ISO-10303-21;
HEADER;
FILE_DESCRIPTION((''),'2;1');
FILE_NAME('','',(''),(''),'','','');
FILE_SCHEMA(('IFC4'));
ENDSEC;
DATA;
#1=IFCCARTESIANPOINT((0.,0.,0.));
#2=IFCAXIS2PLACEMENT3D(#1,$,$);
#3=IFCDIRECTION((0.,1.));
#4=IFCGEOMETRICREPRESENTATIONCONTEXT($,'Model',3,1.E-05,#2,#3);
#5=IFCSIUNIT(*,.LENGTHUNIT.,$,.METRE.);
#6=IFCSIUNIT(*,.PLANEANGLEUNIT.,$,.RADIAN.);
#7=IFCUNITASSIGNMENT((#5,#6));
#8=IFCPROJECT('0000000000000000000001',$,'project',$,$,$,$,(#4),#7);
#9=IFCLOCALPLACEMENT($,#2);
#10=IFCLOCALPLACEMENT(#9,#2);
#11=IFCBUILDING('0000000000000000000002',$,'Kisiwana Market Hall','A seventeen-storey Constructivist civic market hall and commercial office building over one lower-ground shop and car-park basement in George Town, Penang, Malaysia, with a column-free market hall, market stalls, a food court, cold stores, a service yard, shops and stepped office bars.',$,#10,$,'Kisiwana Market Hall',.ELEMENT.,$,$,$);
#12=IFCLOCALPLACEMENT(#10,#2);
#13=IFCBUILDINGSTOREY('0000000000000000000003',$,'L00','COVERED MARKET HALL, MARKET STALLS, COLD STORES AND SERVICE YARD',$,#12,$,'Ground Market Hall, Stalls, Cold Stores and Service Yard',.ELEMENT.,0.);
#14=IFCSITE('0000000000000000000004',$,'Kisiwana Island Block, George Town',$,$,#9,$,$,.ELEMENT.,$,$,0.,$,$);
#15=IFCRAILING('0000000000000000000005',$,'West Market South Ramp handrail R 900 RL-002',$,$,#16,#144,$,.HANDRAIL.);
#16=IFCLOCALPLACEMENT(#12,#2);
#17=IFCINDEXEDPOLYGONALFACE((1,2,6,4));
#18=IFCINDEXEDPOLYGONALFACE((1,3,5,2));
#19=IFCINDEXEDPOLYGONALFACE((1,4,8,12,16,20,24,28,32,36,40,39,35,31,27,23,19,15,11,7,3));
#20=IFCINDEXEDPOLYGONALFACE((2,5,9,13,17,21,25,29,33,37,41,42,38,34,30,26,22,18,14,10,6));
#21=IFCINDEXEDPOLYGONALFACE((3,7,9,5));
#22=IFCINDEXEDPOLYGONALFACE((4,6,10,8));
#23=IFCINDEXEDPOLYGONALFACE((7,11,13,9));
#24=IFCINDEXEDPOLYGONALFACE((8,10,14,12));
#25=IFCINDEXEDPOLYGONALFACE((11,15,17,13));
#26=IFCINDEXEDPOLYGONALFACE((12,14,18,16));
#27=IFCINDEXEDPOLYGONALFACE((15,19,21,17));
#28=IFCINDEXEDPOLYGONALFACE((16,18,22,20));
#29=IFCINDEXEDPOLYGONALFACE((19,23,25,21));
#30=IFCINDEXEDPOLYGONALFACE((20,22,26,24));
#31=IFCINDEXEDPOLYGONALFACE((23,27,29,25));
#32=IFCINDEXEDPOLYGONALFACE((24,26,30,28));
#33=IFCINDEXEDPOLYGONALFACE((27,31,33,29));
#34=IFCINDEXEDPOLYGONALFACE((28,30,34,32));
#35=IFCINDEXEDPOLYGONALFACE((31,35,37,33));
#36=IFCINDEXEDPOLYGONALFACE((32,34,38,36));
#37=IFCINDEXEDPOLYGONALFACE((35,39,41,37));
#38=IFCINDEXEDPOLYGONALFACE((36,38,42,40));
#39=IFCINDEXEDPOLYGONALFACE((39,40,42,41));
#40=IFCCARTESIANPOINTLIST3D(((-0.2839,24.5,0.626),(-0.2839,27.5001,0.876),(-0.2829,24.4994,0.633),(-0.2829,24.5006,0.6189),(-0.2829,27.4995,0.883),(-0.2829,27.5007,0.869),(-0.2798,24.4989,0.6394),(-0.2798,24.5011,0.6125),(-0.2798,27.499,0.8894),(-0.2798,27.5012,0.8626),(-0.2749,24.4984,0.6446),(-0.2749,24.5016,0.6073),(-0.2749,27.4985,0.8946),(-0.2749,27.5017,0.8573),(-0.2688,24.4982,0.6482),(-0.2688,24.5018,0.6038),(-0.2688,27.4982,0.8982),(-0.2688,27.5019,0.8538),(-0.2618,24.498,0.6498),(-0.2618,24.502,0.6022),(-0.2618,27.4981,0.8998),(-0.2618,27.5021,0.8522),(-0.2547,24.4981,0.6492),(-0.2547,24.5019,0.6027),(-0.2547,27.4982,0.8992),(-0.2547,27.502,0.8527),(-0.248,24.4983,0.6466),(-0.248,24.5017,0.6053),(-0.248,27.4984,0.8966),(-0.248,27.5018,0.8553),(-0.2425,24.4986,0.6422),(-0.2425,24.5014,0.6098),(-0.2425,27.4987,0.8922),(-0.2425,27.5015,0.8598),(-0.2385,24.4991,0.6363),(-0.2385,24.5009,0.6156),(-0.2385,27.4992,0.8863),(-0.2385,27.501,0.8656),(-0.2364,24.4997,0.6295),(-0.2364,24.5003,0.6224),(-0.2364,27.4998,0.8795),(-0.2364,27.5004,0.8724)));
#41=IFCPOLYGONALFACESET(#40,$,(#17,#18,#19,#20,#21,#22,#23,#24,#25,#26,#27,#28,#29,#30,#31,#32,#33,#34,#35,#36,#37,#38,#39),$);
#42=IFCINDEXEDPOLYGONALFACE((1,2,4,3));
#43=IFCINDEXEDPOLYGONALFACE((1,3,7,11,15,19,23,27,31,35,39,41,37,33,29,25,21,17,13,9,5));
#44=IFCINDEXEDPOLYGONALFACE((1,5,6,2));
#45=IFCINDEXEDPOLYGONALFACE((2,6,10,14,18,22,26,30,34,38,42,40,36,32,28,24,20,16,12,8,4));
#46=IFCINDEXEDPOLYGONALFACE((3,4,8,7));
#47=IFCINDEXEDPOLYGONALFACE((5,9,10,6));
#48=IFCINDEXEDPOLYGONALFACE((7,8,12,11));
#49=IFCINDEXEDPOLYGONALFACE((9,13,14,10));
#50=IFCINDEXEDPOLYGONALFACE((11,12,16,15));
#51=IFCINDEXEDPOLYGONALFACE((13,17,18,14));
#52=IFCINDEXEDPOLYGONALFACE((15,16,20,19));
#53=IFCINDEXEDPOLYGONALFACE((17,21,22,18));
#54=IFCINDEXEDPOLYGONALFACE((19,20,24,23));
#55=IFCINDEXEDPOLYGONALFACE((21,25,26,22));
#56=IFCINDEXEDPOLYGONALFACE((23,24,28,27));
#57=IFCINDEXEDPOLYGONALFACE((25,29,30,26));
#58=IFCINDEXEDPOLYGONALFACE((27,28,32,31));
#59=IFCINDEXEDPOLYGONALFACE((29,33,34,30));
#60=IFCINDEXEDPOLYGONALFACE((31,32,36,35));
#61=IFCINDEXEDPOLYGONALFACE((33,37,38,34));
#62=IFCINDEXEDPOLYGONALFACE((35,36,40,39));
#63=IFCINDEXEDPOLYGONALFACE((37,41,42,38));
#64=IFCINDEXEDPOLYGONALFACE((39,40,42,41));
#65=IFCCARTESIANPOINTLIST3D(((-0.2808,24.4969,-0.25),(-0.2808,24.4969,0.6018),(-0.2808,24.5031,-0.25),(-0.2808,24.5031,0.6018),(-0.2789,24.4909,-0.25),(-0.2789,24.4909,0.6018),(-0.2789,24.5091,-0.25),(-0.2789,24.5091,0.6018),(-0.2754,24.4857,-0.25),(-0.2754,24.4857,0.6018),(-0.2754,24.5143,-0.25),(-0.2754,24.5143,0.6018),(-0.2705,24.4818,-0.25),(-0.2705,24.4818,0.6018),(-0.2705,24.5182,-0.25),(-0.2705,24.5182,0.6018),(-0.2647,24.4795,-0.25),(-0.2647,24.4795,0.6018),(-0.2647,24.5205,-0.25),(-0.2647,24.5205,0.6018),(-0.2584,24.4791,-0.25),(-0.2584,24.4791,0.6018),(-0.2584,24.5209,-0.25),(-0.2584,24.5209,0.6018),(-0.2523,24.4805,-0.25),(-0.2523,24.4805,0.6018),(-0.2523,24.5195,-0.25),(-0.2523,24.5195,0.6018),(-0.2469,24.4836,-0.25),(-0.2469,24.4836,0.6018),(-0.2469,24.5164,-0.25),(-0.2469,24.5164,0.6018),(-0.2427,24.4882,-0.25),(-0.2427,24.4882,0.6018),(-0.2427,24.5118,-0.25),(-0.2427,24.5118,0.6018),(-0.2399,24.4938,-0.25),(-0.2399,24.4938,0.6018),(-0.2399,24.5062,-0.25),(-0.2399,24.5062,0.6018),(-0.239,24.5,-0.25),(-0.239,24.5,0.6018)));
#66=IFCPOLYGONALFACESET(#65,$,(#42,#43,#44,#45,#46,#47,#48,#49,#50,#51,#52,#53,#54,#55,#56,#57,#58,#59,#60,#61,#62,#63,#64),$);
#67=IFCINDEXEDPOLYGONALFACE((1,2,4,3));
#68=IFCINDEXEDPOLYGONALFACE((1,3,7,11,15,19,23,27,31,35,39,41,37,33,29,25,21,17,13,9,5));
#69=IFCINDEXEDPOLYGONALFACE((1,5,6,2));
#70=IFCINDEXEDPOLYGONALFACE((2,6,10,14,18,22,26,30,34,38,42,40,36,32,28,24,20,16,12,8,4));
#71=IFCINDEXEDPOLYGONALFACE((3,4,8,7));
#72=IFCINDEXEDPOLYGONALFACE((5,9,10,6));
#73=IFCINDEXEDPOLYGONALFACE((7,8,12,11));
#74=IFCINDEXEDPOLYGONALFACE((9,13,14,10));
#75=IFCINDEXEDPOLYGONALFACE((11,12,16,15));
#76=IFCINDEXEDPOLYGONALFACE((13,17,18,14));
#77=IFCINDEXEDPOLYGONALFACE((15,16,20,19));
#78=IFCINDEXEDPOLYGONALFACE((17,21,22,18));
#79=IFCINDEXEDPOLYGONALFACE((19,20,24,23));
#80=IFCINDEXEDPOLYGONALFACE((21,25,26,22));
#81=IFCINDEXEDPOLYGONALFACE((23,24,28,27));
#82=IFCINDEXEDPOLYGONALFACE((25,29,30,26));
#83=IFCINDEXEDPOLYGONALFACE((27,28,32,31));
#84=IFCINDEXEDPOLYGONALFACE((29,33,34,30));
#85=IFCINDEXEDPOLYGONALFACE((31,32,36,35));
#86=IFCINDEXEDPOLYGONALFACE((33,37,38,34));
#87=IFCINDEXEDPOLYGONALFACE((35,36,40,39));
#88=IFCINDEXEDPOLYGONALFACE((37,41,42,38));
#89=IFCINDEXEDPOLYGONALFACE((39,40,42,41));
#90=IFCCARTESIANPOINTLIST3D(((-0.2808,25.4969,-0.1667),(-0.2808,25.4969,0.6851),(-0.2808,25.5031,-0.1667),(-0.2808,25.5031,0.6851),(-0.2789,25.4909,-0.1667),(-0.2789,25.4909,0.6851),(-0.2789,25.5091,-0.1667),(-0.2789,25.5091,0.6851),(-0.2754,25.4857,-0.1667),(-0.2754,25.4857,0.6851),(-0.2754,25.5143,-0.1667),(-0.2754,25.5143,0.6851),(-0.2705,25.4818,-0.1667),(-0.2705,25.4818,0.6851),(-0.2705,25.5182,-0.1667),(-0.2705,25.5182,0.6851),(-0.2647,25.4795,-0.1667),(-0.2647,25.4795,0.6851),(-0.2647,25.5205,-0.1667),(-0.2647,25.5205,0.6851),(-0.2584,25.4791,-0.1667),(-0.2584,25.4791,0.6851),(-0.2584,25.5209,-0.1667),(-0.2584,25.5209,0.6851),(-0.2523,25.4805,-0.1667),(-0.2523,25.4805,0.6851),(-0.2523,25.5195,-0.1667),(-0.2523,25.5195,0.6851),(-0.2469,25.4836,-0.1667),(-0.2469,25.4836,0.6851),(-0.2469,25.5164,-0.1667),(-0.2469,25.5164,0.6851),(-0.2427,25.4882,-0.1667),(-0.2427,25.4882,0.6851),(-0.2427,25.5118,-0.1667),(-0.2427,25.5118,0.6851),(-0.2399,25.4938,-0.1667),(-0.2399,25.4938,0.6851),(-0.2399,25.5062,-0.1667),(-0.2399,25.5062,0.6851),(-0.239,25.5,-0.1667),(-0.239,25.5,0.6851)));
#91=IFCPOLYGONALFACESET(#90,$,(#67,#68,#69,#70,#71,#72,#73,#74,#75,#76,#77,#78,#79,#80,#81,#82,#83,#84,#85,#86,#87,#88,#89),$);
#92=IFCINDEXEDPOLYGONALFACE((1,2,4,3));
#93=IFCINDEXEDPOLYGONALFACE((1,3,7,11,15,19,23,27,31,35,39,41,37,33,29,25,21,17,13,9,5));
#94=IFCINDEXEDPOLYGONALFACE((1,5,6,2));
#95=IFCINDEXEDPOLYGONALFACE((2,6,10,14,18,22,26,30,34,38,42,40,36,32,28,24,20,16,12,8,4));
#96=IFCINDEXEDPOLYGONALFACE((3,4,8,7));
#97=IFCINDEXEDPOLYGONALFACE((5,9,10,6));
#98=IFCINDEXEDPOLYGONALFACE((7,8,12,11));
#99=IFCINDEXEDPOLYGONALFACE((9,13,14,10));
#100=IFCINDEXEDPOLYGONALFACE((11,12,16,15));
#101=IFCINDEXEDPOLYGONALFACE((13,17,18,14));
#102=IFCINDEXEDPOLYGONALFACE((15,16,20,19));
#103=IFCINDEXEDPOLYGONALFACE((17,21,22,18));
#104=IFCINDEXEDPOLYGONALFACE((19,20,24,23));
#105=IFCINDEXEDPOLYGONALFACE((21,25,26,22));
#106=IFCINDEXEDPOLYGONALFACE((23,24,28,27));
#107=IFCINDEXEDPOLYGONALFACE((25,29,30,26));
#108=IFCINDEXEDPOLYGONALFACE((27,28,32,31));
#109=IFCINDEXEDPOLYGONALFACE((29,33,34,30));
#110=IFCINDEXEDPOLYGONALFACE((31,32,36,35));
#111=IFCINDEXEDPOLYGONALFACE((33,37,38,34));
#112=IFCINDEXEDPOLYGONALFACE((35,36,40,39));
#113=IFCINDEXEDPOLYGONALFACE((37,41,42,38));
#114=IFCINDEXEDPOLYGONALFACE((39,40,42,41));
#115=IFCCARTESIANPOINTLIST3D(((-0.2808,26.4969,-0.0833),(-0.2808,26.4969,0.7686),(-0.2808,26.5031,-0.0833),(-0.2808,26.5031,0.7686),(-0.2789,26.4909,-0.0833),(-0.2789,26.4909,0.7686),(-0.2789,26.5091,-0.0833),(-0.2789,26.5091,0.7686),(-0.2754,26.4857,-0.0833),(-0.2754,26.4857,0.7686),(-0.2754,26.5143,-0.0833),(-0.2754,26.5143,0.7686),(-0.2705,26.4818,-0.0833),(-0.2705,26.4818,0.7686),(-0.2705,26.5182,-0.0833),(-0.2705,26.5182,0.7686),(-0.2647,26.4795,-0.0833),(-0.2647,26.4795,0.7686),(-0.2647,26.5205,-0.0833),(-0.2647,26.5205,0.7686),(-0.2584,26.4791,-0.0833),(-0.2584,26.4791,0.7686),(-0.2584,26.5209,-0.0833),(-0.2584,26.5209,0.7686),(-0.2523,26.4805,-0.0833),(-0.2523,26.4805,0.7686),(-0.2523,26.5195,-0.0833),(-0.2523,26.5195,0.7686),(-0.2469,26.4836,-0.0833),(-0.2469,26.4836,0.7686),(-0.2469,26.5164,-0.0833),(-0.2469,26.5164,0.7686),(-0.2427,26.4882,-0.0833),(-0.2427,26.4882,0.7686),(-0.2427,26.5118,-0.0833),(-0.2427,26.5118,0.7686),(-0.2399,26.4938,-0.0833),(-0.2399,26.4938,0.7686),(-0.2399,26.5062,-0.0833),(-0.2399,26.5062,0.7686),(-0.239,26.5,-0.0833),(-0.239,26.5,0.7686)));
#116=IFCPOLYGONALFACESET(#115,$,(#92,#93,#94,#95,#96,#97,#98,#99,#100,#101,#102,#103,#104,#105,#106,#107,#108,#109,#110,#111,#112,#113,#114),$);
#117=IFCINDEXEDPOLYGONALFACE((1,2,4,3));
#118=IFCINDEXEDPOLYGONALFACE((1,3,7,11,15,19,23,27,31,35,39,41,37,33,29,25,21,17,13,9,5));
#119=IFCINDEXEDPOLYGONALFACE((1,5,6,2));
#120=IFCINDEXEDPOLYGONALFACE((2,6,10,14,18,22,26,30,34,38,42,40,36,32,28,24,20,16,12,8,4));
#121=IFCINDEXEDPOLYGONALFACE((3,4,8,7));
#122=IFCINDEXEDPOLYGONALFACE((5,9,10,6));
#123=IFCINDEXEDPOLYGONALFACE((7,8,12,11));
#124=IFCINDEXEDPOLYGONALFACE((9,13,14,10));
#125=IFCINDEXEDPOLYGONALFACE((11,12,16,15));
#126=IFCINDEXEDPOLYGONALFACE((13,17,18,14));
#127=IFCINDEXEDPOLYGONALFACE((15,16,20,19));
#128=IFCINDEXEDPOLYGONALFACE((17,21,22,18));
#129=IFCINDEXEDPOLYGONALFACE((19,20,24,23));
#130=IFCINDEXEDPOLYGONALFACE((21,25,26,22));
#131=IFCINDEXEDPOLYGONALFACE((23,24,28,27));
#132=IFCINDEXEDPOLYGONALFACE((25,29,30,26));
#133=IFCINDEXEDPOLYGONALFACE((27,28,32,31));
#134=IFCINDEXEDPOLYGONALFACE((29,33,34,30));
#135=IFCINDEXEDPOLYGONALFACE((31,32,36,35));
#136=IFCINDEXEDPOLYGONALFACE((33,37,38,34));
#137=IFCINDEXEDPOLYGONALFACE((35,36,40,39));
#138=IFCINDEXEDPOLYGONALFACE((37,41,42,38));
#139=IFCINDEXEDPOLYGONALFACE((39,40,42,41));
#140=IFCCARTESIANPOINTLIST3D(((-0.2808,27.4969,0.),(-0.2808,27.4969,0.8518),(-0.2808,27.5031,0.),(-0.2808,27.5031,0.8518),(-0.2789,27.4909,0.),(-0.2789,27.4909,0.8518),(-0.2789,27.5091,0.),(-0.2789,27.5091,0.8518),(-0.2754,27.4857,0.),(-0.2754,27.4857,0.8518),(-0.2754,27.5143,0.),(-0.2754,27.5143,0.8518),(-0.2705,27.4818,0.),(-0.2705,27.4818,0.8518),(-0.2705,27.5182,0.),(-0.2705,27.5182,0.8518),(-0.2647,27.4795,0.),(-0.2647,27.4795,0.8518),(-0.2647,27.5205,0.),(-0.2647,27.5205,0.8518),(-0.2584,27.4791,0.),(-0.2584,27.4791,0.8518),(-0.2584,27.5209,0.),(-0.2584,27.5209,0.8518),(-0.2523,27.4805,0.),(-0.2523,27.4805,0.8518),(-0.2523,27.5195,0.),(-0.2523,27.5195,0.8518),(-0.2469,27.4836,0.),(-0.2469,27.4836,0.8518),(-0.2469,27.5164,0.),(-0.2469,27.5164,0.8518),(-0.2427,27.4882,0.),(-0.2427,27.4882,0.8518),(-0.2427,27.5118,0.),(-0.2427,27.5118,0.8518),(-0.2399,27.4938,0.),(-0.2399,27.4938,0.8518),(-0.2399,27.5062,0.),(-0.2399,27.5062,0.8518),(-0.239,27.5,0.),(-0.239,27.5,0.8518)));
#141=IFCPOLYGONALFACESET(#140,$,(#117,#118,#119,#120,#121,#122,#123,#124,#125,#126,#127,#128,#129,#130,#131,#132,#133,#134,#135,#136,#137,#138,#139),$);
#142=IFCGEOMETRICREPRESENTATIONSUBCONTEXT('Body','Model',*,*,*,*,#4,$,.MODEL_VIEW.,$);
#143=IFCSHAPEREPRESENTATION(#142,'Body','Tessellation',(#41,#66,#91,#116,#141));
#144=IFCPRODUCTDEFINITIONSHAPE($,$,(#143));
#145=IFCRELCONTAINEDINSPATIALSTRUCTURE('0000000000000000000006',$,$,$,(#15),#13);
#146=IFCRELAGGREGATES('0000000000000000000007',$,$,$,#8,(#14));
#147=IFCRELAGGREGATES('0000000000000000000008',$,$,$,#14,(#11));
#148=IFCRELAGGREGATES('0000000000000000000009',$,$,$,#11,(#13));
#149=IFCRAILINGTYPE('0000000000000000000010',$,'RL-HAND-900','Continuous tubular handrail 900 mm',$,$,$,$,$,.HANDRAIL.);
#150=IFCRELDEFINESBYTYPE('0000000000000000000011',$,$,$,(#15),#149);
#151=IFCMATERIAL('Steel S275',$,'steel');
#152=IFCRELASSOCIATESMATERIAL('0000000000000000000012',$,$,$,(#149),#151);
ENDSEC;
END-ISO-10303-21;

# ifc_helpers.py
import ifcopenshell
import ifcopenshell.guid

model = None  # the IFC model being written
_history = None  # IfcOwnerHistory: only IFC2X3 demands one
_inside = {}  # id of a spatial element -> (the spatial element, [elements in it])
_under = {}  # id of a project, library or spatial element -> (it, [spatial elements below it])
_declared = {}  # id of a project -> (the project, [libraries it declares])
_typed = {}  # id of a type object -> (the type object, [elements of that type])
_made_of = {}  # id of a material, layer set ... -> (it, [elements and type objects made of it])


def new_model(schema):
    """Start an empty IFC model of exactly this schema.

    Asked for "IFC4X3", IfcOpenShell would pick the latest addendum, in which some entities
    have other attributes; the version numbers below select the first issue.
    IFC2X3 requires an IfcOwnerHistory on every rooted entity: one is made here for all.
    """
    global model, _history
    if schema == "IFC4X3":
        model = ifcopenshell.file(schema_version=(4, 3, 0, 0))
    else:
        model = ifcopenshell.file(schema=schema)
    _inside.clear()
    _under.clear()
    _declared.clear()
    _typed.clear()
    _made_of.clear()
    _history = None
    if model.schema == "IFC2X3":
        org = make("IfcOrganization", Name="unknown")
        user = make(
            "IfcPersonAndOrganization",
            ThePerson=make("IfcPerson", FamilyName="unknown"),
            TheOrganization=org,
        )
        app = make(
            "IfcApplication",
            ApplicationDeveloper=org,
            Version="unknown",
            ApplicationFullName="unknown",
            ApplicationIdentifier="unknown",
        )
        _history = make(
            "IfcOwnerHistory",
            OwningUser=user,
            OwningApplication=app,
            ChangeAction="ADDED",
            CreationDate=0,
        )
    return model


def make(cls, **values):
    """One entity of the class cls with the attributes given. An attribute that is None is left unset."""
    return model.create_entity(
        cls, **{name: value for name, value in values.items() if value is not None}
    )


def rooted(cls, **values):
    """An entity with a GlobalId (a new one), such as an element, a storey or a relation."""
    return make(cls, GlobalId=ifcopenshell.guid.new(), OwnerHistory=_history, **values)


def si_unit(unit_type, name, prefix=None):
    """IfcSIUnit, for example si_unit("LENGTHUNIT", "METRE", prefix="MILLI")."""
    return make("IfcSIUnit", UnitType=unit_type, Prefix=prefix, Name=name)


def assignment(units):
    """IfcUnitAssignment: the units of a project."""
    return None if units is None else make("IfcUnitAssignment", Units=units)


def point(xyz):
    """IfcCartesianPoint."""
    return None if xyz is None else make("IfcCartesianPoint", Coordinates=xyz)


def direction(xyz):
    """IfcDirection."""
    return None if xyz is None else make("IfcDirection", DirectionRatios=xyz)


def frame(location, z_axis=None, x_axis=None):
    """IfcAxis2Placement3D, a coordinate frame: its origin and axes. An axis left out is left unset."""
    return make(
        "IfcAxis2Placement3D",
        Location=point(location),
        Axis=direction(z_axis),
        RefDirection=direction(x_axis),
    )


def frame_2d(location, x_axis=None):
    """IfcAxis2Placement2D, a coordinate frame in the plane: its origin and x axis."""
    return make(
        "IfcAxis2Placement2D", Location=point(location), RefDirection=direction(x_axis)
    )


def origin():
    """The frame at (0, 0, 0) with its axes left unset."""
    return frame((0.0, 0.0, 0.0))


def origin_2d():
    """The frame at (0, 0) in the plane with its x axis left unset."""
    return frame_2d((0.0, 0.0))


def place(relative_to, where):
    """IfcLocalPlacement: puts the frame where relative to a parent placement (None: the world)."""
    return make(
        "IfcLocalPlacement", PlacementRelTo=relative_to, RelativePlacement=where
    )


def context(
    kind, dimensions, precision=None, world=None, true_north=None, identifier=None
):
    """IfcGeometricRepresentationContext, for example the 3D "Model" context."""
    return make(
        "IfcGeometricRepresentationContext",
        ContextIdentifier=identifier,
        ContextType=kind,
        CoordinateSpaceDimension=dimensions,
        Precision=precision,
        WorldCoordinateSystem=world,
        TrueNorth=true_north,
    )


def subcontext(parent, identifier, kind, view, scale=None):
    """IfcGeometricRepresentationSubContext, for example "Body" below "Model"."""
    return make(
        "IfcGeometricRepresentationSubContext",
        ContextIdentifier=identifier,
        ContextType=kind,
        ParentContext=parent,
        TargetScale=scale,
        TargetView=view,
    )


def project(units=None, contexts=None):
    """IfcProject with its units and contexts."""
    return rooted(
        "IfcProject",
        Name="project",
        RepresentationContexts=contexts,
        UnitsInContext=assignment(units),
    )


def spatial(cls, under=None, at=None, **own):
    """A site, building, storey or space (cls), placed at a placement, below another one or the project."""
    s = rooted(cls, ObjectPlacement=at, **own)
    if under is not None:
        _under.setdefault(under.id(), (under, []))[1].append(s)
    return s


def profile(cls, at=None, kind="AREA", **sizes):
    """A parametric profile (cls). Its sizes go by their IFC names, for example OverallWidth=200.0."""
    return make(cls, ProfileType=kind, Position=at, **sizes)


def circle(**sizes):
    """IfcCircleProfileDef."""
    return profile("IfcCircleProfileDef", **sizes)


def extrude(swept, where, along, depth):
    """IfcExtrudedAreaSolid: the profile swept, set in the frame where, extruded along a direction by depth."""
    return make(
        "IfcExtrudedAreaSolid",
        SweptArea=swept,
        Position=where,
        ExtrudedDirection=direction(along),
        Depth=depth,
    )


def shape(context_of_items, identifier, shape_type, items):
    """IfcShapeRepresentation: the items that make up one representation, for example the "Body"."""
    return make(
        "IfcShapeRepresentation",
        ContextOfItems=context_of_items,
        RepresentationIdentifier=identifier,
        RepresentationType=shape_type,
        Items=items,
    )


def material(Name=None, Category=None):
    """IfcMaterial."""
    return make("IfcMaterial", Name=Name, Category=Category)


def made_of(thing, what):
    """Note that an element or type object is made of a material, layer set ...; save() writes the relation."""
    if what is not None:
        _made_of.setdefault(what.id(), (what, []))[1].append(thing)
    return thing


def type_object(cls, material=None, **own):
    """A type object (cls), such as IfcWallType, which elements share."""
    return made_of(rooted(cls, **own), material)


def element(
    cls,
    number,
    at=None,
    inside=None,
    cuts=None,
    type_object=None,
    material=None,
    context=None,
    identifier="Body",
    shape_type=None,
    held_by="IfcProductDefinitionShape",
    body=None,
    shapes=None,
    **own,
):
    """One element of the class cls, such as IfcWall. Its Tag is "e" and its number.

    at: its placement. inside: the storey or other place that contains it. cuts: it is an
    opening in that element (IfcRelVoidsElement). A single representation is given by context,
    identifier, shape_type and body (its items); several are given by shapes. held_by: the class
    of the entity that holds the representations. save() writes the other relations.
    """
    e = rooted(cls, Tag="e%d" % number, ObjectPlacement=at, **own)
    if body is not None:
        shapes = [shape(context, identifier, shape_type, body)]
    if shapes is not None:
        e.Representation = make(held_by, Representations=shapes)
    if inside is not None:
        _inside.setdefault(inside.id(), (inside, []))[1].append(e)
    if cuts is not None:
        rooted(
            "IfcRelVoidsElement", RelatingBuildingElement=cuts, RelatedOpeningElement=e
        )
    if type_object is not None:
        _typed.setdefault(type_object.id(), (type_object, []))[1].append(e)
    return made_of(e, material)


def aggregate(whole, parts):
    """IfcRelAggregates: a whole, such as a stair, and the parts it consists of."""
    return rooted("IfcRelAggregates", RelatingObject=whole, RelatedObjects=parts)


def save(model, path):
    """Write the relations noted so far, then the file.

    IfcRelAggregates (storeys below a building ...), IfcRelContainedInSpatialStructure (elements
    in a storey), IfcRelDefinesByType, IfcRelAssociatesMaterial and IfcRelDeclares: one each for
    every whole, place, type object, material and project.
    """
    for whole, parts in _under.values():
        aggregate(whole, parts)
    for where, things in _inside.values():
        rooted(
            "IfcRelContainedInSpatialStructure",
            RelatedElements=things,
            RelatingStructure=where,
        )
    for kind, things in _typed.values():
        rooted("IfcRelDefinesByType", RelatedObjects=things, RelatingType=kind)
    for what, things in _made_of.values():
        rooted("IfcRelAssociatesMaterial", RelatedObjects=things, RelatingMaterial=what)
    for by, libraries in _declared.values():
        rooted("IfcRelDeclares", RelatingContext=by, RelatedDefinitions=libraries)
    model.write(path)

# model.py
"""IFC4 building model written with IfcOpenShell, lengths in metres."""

from ifc_helpers import new_model, si_unit, direction, frame, origin, origin_2d, place, context, subcontext, project, spatial, circle, extrude, material, type_object, element, save


model = new_model("IFC4")

# Units and contexts
model_context = context("Model", 3, precision=1e-05, world=origin(), true_north=direction((0.0, 1.0)))
body_context = subcontext(model_context, "Body", "Model", "MODEL_VIEW")
ifc_project = project(units=[si_unit("LENGTHUNIT", "METRE"), si_unit("PLANEANGLEUNIT", "RADIAN")], contexts=[model_context])

# Site, building, storey
site_placement = place(None, origin())
site = spatial("IfcSite", under=ifc_project, at=site_placement, Name="Kisiwana Island Block, George Town", CompositionType="ELEMENT", RefElevation=0.0)
building_placement = place(site_placement, origin())
building = spatial("IfcBuilding", under=site, at=building_placement, Name="Kisiwana Market Hall", Description="A seventeen-storey Constructivist civic market hall and commercial office building over one lower-ground shop and car-park basement in George Town, Penang, Malaysia, with a column-free market hall, market stalls, a food court, cold stores, a service yard, shops and stepped office bars.", LongName="Kisiwana Market Hall", CompositionType="ELEMENT")
storey_placement = place(building_placement, origin())
storey = spatial("IfcBuildingStorey", under=building, at=storey_placement, Name="L00", Description="COVERED MARKET HALL, MARKET STALLS, COLD STORES AND SERVICE YARD", LongName="Ground Market Hall, Stalls, Cold Stores and Service Yard", CompositionType="ELEMENT", Elevation=0.0)

# Railing
ifc_material_1 = material(Name="Steel S275", Category="steel")
railing_type_1 = type_object("IfcRailingType", Name="RL-HAND-900", Description="Continuous tubular handrail 900 mm", PredefinedType="HANDRAIL", material=ifc_material_1)
for number, where, name in (
    (1, (-0.26, 24.5, -0.25), "West Market South Ramp handrail R 900 RL-002"),
):
    element("IfcRailing", number, at=place(storey_placement, frame(where)), inside=storey, type_object=railing_type_1, Name=name, PredefinedType="HANDRAIL", context=body_context, shape_type="SweptSolid", body=[
        extrude(circle(Radius=0.0239, at=origin_2d()), frame((0.0, 0.0, 0.876), z_axis=(0.0, 0.996546, 0.083045), x_axis=(-1.0, 0.0, 0.0)), (0.0, 0.0, 1.0), 3.0105),
        extrude(circle(Radius=0.021, at=origin_2d()), origin(), (0.0, 0.0, 1.0), 0.8518),
        extrude(circle(Radius=0.021, at=origin_2d()), frame((0.0, 1.0, 0.0833)), (0.0, 0.0, 1.0), 0.8518),
        extrude(circle(Radius=0.021, at=origin_2d()), frame((0.0, 2.0, 0.1667)), (0.0, 0.0, 1.0), 0.8518),
        extrude(circle(Radius=0.021, at=origin_2d()), frame((0.0, 3.0, 0.25)), (0.0, 0.0, 1.0), 0.8518),
    ])

save(model, "model.ifc")
